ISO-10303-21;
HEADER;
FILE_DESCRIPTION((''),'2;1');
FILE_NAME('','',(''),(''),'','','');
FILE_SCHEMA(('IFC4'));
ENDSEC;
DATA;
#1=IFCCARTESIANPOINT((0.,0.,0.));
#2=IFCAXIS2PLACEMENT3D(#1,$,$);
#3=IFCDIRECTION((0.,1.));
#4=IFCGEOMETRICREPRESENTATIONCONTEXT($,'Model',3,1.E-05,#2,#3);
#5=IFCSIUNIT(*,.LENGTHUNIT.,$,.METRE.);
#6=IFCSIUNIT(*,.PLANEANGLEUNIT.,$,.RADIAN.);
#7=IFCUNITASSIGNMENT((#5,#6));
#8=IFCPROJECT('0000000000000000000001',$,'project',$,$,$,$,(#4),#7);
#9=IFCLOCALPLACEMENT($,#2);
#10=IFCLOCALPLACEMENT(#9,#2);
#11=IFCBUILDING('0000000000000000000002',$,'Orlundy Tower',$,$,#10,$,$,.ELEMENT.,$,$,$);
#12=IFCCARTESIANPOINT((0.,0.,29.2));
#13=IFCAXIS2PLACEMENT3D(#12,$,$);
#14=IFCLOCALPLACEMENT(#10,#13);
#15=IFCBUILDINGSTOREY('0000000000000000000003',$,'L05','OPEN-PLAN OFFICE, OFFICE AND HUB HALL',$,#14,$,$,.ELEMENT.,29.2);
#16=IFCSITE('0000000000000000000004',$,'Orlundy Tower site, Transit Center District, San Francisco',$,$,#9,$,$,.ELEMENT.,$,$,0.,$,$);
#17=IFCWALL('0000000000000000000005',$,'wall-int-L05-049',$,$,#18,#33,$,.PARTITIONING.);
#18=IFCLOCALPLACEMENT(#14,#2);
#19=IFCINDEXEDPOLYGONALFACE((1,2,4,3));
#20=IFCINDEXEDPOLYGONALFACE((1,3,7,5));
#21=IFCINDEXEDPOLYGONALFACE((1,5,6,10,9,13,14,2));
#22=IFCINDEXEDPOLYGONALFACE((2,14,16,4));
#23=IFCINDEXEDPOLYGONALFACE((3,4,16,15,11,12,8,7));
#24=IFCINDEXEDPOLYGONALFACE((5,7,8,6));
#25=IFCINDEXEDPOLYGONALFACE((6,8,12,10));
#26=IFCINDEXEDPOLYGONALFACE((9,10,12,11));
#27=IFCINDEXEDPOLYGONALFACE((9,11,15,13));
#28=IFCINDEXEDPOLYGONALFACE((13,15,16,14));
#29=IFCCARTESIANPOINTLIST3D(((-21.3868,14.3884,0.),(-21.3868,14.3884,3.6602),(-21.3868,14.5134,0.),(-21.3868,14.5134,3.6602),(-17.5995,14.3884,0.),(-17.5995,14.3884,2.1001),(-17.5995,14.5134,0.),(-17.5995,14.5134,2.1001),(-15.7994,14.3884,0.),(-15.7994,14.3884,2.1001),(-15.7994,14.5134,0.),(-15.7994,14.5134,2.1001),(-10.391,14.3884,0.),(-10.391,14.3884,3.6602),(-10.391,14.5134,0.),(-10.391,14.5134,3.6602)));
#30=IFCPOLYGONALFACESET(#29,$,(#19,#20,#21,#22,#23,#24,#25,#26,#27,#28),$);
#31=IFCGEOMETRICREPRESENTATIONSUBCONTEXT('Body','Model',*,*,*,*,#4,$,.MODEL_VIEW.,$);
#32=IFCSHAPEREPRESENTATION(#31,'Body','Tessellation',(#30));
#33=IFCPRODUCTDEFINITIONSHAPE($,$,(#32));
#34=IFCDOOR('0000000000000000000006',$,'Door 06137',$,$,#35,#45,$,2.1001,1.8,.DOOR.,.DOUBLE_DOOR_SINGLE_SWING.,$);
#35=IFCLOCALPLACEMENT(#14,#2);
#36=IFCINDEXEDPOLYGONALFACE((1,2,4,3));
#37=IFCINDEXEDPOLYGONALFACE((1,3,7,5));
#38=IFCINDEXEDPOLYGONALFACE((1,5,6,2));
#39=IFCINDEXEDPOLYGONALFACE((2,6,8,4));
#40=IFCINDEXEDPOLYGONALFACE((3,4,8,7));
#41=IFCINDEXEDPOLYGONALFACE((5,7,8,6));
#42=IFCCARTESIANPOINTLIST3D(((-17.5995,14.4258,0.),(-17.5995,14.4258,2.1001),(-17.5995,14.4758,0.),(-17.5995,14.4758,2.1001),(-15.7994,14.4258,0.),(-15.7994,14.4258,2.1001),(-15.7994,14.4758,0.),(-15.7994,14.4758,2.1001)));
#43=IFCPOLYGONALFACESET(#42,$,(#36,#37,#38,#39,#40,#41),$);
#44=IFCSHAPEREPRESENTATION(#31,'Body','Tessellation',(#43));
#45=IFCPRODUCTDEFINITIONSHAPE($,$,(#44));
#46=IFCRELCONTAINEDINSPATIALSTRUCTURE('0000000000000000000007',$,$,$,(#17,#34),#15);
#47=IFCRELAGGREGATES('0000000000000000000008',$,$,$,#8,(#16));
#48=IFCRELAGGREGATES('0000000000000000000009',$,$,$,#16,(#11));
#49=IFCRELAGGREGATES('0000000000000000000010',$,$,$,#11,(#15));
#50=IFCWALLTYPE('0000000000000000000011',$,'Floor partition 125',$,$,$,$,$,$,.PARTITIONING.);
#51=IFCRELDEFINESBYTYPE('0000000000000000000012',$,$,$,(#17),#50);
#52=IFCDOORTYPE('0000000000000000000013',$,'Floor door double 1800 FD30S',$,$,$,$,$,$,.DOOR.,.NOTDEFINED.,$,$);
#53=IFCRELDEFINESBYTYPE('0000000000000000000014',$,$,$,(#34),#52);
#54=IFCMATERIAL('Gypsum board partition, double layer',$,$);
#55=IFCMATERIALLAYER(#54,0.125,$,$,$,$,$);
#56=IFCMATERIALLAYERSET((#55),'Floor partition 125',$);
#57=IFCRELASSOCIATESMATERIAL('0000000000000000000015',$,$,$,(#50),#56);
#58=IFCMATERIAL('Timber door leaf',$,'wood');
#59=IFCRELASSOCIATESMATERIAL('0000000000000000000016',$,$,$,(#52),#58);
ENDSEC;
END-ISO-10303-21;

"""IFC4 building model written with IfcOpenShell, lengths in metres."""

from ifc_helpers import new_model, si_unit, direction, frame, frame_2d, origin, place, context, subcontext, project, spatial, rectangle, extrude, material, layer, layer_set, type_object, element, fill, save


model = new_model("IFC4")

# Units and contexts
model_context = context("Model", 3, precision=1e-05, world=origin(), true_north=direction((0.0, 1.0)))
body_context = subcontext(model_context, "Body", "Model", "MODEL_VIEW")
ifc_project = project(units=[si_unit("LENGTHUNIT", "METRE"), si_unit("PLANEANGLEUNIT", "RADIAN")], contexts=[model_context])

# Site, building, storey
site_placement = place(None, origin())
site = spatial("IfcSite", under=ifc_project, at=site_placement, Name="Orlundy Tower site, Transit Center District, San Francisco", CompositionType="ELEMENT", RefElevation=0.0)
building_placement = place(site_placement, origin())
building = spatial("IfcBuilding", under=site, at=building_placement, Name="Orlundy Tower", CompositionType="ELEMENT")
storey_placement = place(building_placement, frame((0.0, 0.0, 29.2)))
storey = spatial("IfcBuildingStorey", under=building, at=storey_placement, Name="L05", Description="OPEN-PLAN OFFICE, OFFICE AND HUB HALL", CompositionType="ELEMENT", Elevation=29.2)

# Wall, opening, door
ifc_material_1 = material(Name="Gypsum board partition, double layer")
ifc_layer_1 = layer(ifc_material_1, 0.125)
ifc_layer_set_1 = layer_set([ifc_layer_1], Name="Floor partition 125")
wall_type_1 = type_object("IfcWallType", Name="Floor partition 125", PredefinedType="PARTITIONING", material=ifc_layer_set_1)
wall_1_placement = place(storey_placement, frame((-21.387, 14.4509, 0.0), z_axis=(0.0, 0.0, 1.0), x_axis=(1.0, 0.0, 0.0)))
wall_1 = element("IfcWall", 1, at=wall_1_placement, inside=storey, type_object=wall_type_1, Name="wall-int-L05-049", PredefinedType="PARTITIONING", context=body_context, shape_type="SweptSolid", body=[
    extrude(rectangle(XDim=10.9958, YDim=0.125, at=frame_2d((5.498, 0.0))), origin(), (0.0, 0.0, 1.0), 3.6602),
])
opening_placement = place(wall_1_placement, frame((3.7876, 0.0, 0.0)))
opening = element("IfcOpeningElement", 2, at=opening_placement, cuts=wall_1, PredefinedType="OPENING", context=body_context, shape_type="SweptSolid", body=[
    extrude(rectangle(XDim=1.8, YDim=2.1001, at=frame_2d((0.8999, 1.05))), frame((0.0, 0.0725, 0.0), z_axis=(0.0, -1.0, 0.0), x_axis=(1.0, 0.0, 0.0)), (0.0, 0.0, 1.0), 0.145),
])
ifc_material_2 = material(Name="Timber door leaf", Category="wood")
door_type = type_object("IfcDoorType", Name="Floor door double 1800 FD30S", OperationType="NOTDEFINED", PredefinedType="DOOR", material=ifc_material_2)
door_placement = place(opening_placement, origin())
door = element("IfcDoor", 3, at=door_placement, inside=storey, type_object=door_type, Name="Door 06137", OperationType="DOUBLE_DOOR_SINGLE_SWING", OverallHeight=2.1001, OverallWidth=1.8, PredefinedType="DOOR", context=body_context, shape_type="SweptSolid", body=[
    extrude(rectangle(XDim=1.8, YDim=2.1001, at=frame_2d((0.8999, 1.05))), frame((0.0, 0.0249, 0.0), z_axis=(0.0, -1.0, 0.0), x_axis=(1.0, 0.0, 0.0)), (0.0, 0.0, 1.0), 0.05),
])
fill(opening, door)

save(model, "model.ifc")
